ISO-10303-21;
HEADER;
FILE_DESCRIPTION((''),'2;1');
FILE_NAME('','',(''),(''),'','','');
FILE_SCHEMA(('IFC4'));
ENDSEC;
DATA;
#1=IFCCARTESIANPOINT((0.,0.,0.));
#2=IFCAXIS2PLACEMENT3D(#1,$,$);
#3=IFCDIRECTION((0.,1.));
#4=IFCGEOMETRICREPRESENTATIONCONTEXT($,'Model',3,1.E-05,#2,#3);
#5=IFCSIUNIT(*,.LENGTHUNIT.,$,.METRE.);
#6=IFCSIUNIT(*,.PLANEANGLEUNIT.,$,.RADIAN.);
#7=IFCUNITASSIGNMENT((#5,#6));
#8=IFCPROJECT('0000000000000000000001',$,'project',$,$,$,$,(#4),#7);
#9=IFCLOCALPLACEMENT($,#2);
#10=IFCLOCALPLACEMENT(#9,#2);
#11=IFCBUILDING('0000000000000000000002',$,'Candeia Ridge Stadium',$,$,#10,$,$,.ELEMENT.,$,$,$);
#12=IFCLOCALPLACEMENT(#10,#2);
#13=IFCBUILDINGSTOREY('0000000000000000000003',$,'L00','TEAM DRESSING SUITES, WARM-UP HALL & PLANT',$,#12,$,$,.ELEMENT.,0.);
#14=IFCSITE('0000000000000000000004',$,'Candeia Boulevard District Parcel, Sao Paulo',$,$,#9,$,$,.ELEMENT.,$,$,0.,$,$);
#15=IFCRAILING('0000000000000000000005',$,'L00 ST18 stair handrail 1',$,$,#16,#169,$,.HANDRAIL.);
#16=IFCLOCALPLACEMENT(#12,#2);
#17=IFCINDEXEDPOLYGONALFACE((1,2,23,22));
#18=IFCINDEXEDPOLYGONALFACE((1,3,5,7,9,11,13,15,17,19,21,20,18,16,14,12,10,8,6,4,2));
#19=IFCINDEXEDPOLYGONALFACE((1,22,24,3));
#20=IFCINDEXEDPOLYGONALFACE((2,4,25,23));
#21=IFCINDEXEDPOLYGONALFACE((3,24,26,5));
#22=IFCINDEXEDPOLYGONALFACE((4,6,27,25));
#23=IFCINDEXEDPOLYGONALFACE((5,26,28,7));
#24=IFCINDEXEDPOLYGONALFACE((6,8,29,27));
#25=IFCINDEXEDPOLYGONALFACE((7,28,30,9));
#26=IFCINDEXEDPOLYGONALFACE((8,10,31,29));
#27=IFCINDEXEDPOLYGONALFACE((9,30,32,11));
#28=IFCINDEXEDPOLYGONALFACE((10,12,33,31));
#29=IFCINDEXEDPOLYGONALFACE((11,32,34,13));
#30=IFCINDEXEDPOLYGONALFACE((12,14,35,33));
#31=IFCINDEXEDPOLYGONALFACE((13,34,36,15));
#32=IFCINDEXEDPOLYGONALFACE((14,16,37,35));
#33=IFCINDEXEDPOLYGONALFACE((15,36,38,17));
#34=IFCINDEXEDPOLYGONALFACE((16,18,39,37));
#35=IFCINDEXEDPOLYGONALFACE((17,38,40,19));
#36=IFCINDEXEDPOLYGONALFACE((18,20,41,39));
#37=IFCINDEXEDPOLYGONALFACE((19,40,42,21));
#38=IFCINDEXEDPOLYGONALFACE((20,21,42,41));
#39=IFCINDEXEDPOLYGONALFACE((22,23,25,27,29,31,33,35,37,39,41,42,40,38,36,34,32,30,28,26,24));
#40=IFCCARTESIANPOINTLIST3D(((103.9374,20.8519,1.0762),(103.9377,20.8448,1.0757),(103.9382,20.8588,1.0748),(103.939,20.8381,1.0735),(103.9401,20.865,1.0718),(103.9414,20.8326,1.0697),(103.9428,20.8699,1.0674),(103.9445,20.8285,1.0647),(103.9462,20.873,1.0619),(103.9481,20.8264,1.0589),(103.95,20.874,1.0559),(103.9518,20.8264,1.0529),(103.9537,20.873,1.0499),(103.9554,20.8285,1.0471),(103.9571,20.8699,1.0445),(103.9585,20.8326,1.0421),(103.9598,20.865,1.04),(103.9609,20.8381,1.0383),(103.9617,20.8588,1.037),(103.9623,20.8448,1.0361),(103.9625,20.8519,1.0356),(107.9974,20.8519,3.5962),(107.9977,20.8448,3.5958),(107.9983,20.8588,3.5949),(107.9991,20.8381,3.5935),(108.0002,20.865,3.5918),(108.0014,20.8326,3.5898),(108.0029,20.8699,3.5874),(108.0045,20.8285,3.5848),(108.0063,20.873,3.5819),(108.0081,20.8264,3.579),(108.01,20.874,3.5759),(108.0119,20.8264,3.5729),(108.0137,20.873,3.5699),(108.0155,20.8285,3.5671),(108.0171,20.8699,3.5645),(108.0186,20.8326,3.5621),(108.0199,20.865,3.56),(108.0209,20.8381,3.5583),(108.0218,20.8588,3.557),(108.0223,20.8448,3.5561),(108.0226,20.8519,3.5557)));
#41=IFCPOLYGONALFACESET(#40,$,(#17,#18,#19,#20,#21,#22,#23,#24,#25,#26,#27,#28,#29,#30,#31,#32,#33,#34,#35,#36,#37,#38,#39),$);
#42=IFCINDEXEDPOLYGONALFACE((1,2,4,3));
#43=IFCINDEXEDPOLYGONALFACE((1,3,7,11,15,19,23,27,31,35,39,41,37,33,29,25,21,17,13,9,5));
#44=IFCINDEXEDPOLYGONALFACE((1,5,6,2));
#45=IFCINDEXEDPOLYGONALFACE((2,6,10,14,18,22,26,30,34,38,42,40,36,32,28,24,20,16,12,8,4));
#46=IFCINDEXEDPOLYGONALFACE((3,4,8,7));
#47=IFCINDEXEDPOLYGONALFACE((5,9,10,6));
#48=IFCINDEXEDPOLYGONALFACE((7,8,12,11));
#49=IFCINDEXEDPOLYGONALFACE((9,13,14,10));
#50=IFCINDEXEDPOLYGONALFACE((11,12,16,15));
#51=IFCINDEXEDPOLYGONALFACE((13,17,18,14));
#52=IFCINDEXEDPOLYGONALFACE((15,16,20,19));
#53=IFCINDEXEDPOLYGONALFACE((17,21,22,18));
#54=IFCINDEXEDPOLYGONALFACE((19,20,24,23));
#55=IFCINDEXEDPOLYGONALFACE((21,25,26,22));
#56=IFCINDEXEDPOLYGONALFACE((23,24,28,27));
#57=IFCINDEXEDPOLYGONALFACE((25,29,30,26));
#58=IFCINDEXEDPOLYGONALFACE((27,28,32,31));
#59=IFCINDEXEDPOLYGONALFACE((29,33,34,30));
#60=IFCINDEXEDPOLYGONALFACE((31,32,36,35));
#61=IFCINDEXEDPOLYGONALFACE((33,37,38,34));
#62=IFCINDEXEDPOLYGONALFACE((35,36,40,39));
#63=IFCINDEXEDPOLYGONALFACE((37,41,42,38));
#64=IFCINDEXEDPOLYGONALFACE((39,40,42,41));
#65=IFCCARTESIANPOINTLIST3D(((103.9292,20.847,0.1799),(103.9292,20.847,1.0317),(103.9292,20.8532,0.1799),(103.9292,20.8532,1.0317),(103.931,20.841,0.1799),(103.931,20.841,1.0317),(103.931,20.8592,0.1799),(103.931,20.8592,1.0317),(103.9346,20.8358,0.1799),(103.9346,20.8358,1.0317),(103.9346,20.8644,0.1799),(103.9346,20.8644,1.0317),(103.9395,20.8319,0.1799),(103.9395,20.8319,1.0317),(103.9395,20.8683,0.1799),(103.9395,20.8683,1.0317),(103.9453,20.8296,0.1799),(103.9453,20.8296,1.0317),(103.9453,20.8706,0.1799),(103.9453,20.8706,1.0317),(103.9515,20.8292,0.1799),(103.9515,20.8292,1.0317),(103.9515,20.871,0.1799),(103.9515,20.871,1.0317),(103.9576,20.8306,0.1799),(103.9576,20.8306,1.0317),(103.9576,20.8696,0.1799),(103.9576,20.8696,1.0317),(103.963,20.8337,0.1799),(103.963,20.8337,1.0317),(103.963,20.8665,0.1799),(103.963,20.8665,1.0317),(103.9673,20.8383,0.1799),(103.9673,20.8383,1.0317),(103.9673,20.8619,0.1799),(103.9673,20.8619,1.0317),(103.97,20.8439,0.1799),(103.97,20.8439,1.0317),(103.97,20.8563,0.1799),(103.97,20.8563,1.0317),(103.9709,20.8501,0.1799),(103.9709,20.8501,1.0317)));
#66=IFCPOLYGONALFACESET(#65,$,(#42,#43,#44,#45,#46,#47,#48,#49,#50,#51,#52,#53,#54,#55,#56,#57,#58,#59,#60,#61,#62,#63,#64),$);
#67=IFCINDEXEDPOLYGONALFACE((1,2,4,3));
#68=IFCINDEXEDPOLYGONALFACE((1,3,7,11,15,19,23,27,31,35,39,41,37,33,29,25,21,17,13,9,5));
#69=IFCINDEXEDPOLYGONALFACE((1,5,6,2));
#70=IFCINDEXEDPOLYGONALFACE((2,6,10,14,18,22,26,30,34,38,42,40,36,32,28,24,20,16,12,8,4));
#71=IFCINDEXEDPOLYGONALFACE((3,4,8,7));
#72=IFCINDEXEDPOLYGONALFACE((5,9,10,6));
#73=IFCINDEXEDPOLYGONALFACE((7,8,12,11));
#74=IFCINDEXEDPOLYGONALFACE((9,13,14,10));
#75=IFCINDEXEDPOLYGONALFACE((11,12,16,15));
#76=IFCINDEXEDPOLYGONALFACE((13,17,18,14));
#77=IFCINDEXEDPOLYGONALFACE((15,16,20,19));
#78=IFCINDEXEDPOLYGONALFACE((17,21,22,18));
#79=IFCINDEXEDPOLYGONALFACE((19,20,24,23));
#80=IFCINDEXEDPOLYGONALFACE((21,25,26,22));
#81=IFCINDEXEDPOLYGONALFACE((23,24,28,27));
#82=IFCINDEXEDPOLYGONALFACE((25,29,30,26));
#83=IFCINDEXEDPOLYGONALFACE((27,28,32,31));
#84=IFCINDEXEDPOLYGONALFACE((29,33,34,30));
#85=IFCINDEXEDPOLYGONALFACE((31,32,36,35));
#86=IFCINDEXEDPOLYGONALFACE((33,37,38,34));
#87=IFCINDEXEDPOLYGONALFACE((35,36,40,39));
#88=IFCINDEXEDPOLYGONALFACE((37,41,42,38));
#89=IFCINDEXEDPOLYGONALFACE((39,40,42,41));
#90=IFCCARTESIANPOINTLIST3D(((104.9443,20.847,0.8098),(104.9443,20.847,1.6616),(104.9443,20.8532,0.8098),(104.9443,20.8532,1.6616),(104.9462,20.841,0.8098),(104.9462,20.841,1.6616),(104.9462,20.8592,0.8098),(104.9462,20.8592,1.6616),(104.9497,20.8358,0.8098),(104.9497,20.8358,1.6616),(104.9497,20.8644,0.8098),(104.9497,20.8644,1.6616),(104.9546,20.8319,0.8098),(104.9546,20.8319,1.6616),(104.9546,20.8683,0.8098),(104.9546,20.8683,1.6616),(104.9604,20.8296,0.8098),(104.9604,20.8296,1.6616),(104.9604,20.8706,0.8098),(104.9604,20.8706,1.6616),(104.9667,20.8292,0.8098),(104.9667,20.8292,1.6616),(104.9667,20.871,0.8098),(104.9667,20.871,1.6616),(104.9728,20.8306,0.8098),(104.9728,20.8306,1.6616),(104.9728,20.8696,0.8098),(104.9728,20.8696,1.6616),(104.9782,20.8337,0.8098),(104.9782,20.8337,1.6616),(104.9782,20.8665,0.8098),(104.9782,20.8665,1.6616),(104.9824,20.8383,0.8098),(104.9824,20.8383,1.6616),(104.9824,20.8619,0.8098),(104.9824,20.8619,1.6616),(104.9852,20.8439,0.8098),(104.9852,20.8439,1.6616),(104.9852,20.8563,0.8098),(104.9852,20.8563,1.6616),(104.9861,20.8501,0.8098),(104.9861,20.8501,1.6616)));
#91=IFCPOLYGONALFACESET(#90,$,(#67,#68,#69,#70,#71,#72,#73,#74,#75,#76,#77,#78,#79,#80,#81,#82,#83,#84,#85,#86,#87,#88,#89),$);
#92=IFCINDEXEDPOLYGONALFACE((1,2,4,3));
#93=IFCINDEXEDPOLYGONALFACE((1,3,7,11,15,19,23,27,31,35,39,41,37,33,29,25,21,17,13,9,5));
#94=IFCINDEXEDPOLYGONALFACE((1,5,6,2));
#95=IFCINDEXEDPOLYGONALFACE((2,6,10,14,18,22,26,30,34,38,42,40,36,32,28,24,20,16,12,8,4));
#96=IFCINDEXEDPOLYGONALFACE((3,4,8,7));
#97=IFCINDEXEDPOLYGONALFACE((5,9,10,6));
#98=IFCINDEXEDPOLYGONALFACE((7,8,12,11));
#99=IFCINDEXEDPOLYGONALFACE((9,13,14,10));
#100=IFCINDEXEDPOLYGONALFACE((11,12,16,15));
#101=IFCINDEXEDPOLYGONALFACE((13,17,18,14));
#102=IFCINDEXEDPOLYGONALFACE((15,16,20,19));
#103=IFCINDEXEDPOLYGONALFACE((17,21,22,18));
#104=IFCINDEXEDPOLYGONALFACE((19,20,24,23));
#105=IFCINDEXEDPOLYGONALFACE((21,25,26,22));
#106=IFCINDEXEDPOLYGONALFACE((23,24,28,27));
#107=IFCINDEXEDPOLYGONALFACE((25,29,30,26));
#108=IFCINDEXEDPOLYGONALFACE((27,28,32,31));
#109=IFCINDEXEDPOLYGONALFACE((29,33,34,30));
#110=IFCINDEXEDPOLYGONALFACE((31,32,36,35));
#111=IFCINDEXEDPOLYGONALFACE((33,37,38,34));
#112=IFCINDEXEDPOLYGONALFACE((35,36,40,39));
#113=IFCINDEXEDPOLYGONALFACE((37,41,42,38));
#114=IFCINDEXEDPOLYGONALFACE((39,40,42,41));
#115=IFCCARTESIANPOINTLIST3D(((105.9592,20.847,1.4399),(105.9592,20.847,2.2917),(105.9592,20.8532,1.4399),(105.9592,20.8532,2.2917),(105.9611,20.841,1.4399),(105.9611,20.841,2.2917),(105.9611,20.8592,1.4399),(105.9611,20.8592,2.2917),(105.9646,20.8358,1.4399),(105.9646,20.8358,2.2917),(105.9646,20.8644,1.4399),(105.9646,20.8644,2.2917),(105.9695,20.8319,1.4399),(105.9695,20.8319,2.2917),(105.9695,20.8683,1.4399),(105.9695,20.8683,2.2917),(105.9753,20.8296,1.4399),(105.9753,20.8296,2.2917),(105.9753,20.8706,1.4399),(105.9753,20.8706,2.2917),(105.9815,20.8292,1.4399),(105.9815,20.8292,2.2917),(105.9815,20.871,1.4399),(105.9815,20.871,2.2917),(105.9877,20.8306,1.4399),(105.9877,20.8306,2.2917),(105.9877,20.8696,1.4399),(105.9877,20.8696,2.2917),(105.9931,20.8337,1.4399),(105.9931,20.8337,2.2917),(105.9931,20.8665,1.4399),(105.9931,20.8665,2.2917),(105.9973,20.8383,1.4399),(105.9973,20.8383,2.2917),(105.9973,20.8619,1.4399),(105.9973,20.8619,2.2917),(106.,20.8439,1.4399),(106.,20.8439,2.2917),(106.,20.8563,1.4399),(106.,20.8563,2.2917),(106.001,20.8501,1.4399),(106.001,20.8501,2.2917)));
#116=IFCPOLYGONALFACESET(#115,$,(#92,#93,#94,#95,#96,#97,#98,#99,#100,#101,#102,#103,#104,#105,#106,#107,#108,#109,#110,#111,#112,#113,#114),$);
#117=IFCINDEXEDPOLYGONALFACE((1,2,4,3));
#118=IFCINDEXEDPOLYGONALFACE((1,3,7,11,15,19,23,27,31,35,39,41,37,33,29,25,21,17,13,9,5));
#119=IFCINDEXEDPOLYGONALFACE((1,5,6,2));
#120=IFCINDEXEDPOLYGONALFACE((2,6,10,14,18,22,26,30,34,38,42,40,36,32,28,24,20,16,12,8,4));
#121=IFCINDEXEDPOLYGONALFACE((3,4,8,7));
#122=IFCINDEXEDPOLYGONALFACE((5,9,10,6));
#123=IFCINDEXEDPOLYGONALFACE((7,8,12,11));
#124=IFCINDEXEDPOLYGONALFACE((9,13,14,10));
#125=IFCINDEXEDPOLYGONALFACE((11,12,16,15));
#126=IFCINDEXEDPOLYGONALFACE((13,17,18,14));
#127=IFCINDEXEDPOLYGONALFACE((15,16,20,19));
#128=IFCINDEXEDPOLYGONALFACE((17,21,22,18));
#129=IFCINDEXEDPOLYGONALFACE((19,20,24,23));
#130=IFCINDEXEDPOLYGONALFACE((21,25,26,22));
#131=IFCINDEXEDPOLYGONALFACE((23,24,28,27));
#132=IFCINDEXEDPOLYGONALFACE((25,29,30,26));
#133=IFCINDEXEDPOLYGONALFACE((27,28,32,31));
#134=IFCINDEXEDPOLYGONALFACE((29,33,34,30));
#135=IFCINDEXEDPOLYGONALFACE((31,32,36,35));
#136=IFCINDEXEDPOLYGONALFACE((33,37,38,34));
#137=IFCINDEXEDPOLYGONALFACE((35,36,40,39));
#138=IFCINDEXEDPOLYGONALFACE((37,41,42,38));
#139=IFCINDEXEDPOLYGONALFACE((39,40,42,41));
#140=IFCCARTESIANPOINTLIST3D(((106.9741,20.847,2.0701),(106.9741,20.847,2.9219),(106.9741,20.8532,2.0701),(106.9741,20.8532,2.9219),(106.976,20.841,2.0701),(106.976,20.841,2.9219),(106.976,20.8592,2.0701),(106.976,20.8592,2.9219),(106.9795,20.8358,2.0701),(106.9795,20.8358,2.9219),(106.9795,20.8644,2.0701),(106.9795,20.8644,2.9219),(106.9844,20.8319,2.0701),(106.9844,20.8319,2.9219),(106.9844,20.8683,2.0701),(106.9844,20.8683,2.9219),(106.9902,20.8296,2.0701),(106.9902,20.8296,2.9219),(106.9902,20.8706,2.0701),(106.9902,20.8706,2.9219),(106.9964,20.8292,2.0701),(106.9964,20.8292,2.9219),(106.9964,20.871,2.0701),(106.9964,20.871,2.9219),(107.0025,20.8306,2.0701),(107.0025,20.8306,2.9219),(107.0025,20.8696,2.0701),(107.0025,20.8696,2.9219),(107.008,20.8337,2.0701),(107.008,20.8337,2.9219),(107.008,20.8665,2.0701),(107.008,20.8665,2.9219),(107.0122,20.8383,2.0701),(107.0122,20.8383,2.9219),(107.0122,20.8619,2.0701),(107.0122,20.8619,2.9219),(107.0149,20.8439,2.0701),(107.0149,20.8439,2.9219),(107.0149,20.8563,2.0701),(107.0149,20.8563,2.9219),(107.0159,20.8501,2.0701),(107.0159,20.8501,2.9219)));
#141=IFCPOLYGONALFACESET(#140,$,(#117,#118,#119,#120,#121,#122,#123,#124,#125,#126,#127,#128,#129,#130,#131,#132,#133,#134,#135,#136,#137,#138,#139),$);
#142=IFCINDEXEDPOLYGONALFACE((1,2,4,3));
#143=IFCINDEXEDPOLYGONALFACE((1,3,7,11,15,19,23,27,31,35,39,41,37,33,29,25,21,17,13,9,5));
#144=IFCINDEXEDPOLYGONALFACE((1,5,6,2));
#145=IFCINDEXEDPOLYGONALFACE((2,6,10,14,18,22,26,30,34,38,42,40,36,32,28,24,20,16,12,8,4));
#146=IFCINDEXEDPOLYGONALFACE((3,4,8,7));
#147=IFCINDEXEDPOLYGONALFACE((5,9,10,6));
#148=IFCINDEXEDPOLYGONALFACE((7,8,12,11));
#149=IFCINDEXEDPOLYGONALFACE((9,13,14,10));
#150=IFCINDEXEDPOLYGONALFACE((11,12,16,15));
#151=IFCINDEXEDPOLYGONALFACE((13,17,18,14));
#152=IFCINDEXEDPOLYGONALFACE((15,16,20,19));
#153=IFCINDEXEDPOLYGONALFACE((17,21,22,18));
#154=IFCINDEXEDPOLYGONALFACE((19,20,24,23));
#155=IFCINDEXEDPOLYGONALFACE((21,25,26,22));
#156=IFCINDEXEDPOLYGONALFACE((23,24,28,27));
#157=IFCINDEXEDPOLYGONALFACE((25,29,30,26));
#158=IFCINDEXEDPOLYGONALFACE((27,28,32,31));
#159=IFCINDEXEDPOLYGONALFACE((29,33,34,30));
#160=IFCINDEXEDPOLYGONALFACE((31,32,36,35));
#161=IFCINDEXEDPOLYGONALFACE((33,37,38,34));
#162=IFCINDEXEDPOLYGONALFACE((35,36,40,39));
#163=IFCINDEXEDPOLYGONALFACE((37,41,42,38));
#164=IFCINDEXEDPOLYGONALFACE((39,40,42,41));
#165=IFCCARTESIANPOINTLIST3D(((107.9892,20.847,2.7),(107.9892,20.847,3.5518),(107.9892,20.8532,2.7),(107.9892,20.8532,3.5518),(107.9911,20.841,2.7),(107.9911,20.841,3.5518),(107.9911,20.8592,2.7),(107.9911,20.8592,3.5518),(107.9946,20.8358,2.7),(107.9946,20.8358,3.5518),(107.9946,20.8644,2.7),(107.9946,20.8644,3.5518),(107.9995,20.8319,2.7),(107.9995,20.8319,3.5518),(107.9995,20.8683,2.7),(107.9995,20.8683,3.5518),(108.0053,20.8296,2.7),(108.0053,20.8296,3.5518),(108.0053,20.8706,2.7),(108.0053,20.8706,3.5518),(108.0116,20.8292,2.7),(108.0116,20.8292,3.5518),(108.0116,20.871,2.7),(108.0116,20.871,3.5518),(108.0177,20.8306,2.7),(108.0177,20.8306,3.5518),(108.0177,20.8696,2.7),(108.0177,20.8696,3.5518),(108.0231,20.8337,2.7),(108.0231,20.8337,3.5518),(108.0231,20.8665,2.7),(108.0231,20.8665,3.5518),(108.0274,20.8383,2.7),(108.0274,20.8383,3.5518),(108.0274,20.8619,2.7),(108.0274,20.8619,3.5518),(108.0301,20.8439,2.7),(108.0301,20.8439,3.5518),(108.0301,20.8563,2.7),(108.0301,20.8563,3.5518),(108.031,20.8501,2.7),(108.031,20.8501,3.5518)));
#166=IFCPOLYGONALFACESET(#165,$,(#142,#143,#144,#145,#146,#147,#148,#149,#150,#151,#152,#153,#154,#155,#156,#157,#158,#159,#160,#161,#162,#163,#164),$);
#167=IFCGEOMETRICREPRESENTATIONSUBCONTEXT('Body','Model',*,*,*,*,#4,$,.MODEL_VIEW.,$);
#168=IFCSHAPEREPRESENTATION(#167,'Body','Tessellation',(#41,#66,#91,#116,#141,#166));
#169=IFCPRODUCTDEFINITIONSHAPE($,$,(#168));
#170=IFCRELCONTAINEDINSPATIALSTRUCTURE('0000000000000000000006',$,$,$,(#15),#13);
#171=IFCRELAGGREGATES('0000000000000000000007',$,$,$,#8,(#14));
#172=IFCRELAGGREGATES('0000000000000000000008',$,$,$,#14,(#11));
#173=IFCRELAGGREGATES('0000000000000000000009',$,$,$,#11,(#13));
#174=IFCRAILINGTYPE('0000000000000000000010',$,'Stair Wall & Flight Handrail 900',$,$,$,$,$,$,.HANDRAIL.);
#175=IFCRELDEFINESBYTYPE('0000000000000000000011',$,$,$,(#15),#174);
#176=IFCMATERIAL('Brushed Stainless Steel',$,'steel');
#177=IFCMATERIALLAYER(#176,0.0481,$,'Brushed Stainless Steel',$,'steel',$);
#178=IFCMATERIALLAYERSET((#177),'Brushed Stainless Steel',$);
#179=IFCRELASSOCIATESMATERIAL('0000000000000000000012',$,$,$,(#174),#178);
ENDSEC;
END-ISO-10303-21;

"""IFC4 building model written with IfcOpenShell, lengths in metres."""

from ifc_helpers import new_model, si_unit, direction, frame, origin, origin_2d, place, context, subcontext, project, spatial, circle, extrude, material, layer, layer_set, type_object, element, save


model = new_model("IFC4")

# Units and contexts
model_context = context("Model", 3, precision=1e-05, world=origin(), true_north=direction((0.0, 1.0)))
body_context = subcontext(model_context, "Body", "Model", "MODEL_VIEW")
ifc_project = project(units=[si_unit("LENGTHUNIT", "METRE"), si_unit("PLANEANGLEUNIT", "RADIAN")], contexts=[model_context])

# Site, building, storey
site_placement = place(None, origin())
site = spatial("IfcSite", under=ifc_project, at=site_placement, Name="Candeia Boulevard District Parcel, Sao Paulo", CompositionType="ELEMENT", RefElevation=0.0)
building_placement = place(site_placement, origin())
building = spatial("IfcBuilding", under=site, at=building_placement, Name="Candeia Ridge Stadium", CompositionType="ELEMENT")
storey_placement = place(building_placement, origin())
storey = spatial("IfcBuildingStorey", under=building, at=storey_placement, Name="L00", Description="TEAM DRESSING SUITES, WARM-UP HALL & PLANT", CompositionType="ELEMENT", Elevation=0.0)

# Shared definitions
ifc_material_1 = material(Name="Brushed Stainless Steel", Category="steel")

# Railing
ifc_layer_1 = layer(ifc_material_1, 0.0481, Name="Brushed Stainless Steel", Category="steel")
ifc_layer_set_1 = layer_set([ifc_layer_1], Name="Brushed Stainless Steel")
railing_type_1 = type_object("IfcRailingType", Name="Stair Wall & Flight Handrail 900", PredefinedType="HANDRAIL", material=ifc_layer_set_1)
railing_1_placement = place(storey_placement, frame((103.95, 20.8501, 0.1799)))
element("IfcRailing", 1, at=railing_1_placement, inside=storey, type_object=railing_type_1, Name="L00 ST18 stair handrail 1", PredefinedType="HANDRAIL", context=body_context, shape_type="SweptSolid", body=[
    extrude(circle(Radius=0.0239, at=origin_2d()), frame((0.0, 0.0, 0.876), z_axis=(0.849642, 0.0, 0.52736), x_axis=(0.0, 1.0, 0.0)), (0.0, 0.0, 1.0), 4.7786),
    extrude(circle(Radius=0.021, at=origin_2d()), origin(), (0.0, 0.0, 1.0), 0.8518),
    extrude(circle(Radius=0.021, at=origin_2d()), frame((1.0151, 0.0, 0.6299)), (0.0, 0.0, 1.0), 0.8518),
    extrude(circle(Radius=0.021, at=origin_2d()), frame((2.03, 0.0, 1.26)), (0.0, 0.0, 1.0), 0.8518),
    extrude(circle(Radius=0.021, at=origin_2d()), frame((3.0449, 0.0, 1.8901)), (0.0, 0.0, 1.0), 0.8518),
    extrude(circle(Radius=0.021, at=origin_2d()), frame((4.0601, 0.0, 2.52)), (0.0, 0.0, 1.0), 0.8518),
])

save(model, "model.ifc")
